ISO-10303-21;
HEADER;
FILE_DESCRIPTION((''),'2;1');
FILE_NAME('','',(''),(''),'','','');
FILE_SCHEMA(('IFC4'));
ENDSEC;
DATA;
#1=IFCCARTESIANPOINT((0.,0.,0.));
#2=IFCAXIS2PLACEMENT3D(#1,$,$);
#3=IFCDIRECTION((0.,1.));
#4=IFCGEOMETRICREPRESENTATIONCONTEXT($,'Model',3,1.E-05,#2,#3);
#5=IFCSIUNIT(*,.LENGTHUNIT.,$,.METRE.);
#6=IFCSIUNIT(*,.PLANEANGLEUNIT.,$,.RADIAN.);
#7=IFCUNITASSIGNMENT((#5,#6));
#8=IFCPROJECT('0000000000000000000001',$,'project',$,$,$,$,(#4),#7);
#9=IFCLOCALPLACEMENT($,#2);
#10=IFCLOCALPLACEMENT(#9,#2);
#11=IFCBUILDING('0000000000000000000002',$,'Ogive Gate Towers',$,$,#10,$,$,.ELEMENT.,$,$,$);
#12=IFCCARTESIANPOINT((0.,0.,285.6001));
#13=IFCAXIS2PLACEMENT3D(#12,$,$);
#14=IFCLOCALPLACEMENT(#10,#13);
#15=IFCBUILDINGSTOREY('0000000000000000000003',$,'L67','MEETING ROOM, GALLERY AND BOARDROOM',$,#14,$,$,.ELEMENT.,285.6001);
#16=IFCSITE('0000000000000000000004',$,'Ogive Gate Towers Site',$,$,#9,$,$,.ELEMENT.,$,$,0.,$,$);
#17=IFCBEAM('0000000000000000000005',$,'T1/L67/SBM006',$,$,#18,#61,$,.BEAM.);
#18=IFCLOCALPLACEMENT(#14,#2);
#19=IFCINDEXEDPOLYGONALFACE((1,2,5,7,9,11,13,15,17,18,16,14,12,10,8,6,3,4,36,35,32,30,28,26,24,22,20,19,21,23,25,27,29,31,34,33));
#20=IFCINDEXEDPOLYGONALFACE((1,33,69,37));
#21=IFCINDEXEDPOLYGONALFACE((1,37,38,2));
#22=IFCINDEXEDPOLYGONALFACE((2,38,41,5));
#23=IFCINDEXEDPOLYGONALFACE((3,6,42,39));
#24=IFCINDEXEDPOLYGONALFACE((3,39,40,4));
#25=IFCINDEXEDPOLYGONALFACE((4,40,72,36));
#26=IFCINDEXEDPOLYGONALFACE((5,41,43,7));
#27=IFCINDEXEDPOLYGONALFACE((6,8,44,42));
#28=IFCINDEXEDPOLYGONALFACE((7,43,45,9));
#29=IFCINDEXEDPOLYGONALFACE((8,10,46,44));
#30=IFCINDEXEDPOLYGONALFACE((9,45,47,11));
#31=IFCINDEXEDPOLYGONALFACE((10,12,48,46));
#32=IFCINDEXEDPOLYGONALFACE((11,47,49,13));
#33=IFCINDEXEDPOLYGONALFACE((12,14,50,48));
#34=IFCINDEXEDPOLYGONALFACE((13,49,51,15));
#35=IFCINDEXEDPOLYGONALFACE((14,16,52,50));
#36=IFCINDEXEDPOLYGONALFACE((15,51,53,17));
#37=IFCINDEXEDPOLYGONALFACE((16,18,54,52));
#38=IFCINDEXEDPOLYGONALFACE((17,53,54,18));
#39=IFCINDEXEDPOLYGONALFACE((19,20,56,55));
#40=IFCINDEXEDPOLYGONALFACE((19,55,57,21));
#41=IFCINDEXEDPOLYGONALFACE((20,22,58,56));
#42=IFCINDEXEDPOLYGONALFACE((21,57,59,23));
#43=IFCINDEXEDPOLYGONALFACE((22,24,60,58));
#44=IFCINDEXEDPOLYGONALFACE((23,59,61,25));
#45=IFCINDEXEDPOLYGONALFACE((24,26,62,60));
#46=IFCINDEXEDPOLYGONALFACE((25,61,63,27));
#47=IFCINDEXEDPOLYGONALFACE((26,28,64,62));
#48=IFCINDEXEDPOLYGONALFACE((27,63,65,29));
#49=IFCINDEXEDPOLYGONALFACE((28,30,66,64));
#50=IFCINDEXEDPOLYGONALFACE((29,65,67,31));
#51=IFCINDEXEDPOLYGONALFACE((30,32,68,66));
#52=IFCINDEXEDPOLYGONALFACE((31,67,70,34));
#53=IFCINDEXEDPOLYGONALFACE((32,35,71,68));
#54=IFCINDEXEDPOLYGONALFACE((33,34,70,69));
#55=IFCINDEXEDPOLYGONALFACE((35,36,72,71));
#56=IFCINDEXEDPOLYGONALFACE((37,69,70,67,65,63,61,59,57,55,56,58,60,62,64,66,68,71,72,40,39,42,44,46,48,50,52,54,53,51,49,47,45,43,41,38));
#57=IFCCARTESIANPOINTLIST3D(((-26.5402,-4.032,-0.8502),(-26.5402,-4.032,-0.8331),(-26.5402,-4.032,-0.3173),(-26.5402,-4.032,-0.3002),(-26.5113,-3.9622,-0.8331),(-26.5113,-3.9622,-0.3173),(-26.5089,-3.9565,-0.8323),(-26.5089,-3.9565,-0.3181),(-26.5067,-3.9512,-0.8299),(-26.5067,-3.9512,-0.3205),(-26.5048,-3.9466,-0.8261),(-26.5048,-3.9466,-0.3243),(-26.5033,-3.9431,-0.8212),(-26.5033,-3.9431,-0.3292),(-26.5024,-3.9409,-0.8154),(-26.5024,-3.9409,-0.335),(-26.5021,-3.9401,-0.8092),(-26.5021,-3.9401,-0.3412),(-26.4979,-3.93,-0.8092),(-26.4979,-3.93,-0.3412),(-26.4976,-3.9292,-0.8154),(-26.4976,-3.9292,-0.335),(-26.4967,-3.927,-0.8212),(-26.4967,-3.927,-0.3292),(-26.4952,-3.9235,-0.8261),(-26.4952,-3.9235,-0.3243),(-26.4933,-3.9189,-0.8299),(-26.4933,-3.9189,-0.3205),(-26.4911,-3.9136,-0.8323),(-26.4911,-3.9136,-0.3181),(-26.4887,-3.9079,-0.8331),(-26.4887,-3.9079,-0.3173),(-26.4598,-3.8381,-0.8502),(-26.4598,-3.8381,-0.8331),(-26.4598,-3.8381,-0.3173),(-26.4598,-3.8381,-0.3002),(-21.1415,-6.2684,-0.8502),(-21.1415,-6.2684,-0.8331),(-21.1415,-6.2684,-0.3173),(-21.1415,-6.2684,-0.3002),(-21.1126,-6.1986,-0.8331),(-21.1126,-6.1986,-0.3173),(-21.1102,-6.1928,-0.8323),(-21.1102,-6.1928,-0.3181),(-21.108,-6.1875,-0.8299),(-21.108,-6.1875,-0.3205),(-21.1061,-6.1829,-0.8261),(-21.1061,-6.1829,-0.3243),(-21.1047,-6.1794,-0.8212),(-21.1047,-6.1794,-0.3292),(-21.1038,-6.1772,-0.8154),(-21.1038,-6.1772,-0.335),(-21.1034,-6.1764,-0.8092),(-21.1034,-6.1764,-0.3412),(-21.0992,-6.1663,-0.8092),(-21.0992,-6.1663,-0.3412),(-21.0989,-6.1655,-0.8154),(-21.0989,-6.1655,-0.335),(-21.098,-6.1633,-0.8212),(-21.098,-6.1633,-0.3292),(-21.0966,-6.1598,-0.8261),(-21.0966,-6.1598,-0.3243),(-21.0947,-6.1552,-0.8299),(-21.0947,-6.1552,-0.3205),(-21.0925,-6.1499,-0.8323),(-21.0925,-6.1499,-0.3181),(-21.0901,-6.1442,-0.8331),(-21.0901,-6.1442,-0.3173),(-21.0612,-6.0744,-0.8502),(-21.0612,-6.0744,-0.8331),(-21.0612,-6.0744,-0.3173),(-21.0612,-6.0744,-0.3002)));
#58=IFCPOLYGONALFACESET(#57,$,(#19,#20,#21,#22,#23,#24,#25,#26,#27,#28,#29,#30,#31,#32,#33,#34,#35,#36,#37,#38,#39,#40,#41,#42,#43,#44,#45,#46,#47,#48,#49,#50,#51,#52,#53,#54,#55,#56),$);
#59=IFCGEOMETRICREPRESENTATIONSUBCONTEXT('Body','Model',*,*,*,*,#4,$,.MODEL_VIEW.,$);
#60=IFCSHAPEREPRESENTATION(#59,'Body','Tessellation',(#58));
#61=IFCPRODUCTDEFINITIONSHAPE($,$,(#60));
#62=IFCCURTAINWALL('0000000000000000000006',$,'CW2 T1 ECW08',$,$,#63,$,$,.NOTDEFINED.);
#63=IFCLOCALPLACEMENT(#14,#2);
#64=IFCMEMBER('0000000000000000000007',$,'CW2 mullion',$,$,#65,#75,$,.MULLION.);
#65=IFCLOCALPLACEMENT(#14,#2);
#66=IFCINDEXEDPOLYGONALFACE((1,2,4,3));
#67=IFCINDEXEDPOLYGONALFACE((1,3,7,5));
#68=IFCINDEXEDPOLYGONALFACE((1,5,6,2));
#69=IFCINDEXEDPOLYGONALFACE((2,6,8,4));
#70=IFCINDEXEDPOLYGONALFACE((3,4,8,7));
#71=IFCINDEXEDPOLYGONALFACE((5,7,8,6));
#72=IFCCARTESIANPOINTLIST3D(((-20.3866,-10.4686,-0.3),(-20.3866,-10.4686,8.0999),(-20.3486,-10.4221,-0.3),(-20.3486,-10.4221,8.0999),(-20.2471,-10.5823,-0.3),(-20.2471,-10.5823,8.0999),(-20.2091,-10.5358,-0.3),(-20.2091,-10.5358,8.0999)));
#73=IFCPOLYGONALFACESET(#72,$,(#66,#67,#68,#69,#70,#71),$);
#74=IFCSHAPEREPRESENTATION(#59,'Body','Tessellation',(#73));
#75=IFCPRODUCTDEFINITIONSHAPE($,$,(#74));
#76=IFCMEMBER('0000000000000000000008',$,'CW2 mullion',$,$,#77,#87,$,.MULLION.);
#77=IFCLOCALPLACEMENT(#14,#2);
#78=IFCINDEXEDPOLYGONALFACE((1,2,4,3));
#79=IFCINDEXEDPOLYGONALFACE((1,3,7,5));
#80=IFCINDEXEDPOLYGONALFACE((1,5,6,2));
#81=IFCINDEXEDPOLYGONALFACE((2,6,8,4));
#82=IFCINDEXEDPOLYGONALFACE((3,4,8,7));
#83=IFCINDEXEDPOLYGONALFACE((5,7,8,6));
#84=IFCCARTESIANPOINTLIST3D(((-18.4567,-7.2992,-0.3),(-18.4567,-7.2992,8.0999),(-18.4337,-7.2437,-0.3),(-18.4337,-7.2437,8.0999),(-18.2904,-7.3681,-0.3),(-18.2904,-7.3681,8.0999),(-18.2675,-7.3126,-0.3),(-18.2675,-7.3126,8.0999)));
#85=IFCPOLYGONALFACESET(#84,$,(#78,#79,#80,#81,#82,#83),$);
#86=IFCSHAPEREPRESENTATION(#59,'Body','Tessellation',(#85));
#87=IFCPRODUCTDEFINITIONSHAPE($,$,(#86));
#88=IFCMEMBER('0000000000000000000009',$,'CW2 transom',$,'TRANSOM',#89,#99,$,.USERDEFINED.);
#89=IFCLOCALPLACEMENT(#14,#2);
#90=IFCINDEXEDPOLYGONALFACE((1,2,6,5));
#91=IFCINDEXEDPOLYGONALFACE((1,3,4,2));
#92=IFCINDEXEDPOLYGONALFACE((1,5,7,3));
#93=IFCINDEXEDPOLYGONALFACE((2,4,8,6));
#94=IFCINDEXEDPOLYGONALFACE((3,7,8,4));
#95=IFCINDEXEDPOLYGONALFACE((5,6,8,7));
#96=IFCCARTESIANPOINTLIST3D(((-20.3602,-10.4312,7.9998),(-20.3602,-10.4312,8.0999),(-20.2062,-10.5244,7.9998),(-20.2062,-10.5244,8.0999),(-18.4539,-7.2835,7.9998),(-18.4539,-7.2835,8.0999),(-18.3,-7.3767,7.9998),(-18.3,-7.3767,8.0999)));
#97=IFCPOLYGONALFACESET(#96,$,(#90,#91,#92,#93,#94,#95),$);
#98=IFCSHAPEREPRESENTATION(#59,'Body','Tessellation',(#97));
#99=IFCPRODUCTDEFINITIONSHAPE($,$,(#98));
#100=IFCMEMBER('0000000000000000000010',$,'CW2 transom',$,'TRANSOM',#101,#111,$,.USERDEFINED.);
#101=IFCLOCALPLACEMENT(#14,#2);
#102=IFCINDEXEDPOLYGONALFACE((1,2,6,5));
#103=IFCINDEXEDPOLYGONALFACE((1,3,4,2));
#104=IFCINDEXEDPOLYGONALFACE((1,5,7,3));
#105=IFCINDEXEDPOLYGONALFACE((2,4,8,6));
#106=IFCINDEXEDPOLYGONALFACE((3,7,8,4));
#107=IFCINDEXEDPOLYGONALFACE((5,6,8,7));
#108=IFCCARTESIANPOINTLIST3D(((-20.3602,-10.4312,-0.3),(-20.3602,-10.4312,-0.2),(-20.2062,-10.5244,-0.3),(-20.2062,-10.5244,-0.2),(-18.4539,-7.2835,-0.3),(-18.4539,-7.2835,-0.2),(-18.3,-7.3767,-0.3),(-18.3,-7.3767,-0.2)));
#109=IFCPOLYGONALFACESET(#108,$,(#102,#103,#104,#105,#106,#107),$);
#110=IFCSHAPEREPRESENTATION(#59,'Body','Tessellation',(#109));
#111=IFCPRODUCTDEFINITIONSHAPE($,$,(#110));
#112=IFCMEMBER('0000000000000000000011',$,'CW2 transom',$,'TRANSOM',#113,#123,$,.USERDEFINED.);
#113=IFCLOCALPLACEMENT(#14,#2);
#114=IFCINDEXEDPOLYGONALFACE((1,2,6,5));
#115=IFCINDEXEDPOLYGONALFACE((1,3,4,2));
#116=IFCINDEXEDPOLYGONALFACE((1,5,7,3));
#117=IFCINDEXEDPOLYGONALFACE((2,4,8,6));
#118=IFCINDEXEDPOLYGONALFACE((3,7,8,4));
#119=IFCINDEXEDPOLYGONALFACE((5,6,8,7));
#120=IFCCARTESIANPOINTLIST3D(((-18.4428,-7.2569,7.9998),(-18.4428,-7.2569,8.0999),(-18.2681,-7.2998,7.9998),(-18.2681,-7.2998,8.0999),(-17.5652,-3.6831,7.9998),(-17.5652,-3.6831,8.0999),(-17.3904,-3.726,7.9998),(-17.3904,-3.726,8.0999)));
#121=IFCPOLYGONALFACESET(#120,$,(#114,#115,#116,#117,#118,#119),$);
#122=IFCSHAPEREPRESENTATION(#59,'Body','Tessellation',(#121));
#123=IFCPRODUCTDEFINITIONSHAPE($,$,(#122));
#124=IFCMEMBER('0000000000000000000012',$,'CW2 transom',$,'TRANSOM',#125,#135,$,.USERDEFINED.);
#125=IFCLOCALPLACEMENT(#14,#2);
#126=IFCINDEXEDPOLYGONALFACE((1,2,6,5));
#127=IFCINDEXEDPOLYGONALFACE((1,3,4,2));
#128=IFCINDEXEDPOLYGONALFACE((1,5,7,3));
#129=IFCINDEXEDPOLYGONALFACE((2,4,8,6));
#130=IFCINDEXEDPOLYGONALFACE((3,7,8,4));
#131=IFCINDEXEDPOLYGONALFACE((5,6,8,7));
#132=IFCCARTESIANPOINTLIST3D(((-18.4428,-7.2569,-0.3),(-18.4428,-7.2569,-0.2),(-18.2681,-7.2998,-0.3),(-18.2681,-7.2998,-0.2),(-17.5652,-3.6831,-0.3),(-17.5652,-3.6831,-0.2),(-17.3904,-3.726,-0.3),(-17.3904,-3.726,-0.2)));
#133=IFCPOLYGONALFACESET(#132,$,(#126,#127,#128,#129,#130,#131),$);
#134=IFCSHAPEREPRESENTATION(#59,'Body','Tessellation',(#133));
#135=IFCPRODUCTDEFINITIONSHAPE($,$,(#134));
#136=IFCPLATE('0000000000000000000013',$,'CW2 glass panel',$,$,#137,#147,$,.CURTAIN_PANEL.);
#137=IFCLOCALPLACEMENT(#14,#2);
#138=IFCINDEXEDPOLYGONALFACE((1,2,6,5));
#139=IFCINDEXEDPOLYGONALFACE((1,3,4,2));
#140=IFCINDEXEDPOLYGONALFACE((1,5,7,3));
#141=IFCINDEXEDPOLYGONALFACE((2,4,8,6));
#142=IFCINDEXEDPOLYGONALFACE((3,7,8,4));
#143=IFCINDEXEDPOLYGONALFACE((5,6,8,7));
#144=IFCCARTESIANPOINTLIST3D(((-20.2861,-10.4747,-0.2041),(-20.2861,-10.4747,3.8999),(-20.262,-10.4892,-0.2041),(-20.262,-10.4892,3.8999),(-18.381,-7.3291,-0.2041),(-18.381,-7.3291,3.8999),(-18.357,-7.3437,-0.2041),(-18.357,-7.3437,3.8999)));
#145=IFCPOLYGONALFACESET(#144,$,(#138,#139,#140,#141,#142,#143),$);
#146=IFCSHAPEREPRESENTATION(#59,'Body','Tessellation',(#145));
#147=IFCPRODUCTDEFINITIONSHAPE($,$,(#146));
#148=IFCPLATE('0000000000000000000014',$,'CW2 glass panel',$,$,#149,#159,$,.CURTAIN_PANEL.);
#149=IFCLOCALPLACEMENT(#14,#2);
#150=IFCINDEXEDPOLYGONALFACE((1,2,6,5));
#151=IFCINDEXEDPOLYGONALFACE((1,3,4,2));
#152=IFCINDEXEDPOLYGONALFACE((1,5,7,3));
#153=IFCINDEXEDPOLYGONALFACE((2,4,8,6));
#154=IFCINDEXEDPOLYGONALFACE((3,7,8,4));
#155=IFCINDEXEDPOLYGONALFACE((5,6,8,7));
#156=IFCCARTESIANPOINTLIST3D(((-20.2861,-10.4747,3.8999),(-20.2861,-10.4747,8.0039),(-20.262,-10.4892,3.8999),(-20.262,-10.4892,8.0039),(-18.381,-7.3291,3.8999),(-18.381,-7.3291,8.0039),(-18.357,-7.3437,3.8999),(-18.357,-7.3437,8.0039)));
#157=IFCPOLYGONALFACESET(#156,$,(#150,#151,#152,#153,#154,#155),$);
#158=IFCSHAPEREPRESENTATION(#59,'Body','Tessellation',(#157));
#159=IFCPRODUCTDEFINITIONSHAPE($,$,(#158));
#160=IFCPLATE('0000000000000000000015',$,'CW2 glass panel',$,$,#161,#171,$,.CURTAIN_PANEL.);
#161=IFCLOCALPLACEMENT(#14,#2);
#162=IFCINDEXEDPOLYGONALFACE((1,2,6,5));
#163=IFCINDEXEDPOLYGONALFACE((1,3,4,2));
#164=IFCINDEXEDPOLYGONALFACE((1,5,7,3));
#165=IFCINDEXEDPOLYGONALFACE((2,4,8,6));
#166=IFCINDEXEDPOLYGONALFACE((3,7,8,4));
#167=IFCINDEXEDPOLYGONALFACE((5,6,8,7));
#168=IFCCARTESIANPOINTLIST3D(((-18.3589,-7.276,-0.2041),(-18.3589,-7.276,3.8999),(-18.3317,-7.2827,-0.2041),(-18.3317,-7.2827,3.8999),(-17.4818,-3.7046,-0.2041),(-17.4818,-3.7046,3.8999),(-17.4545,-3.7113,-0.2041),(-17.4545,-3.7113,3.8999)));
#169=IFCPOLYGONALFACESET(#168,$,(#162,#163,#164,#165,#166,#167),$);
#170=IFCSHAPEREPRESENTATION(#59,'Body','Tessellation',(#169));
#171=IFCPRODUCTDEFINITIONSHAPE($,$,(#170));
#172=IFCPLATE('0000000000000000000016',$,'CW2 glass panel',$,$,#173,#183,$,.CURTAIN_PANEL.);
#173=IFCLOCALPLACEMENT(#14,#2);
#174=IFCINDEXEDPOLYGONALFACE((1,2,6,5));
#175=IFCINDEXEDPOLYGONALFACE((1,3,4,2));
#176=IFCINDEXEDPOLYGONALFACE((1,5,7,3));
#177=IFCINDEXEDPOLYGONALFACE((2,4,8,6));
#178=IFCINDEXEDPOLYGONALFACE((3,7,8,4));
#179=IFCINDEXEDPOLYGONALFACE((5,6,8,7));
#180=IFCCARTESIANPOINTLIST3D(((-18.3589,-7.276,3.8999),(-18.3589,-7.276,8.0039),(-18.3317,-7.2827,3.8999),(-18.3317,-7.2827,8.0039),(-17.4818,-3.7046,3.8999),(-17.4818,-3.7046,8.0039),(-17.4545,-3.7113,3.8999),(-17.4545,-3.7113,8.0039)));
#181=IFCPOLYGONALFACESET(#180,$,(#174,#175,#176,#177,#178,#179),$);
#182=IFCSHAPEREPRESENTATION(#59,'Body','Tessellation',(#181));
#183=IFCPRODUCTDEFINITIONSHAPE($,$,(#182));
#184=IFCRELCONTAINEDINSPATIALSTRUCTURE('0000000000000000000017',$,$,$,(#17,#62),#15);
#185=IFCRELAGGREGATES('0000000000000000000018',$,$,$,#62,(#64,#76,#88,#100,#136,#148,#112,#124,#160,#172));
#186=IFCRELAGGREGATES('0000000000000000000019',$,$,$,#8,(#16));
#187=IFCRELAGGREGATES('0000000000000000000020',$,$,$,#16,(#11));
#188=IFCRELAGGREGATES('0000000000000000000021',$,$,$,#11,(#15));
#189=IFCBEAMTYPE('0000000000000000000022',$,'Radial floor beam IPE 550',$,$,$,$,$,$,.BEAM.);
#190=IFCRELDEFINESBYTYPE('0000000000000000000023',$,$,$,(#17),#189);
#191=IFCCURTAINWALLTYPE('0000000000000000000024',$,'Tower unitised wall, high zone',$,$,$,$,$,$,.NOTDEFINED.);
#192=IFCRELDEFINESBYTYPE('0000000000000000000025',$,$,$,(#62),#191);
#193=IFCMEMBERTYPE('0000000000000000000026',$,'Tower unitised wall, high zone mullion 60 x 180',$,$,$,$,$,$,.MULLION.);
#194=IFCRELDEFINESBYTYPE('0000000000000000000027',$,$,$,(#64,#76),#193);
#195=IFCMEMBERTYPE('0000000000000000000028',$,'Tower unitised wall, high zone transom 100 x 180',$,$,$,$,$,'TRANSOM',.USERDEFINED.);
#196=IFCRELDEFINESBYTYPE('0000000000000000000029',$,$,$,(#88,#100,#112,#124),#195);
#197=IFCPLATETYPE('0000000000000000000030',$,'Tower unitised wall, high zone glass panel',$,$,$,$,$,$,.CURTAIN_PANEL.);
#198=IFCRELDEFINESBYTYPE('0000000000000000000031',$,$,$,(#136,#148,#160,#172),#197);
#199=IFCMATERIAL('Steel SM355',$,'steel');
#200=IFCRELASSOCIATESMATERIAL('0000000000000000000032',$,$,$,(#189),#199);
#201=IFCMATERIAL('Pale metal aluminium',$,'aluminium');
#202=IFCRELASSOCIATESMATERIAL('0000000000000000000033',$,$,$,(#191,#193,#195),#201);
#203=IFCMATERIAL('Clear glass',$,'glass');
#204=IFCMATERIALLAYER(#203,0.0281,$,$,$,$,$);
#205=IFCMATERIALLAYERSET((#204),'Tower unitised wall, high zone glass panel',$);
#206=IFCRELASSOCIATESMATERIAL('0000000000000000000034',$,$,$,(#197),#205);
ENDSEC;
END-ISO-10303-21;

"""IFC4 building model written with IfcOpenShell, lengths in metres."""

from ifc_helpers import new_model, si_unit, direction, frame, origin, origin_2d, place, context, subcontext, project, spatial, rectangle, i_section, extrude, material, layer, layer_set, material_profile, profile_set, type_object, element, aggregate, save


model = new_model("IFC4")

# Units and contexts
model_context = context("Model", 3, precision=1e-05, world=origin(), true_north=direction((0.0, 1.0)))
body_context = subcontext(model_context, "Body", "Model", "MODEL_VIEW")
ifc_project = project(units=[si_unit("LENGTHUNIT", "METRE"), si_unit("PLANEANGLEUNIT", "RADIAN")], contexts=[model_context])

# Site, building, storey
site_placement = place(None, origin())
site = spatial("IfcSite", under=ifc_project, at=site_placement, Name="Ogive Gate Towers Site", CompositionType="ELEMENT", RefElevation=0.0)
building_placement = place(site_placement, origin())
building = spatial("IfcBuilding", under=site, at=building_placement, Name="Ogive Gate Towers", CompositionType="ELEMENT")
storey_placement = place(building_placement, frame((0.0, 0.0, 285.6001)))
storey = spatial("IfcBuildingStorey", under=building, at=storey_placement, Name="L67", Description="MEETING ROOM, GALLERY AND BOARDROOM", CompositionType="ELEMENT", Elevation=285.6001)

# Beam
ifc_material_1 = material(Name="Steel SM355", Category="steel")
ifc_material_profile_1 = material_profile(ifc_material_1, i_section(OverallWidth=0.21, OverallDepth=0.55, WebThickness=0.011, FlangeThickness=0.0171, FilletRadius=0.0239, at=origin_2d()), Name="IPE 550")
ifc_profile_set_1 = profile_set([ifc_material_profile_1], Name="Steel SM355")
beam_type = type_object("IfcBeamType", Name="Radial floor beam IPE 550", PredefinedType="BEAM", material=ifc_profile_set_1)
beam_placement = place(storey_placement, frame((-26.5, -3.9351, -0.5752), z_axis=(0.923872, -0.382701, 0.0), x_axis=(0.382701, 0.923872, 0.0)))
element("IfcBeam", 1, at=beam_placement, inside=storey, type_object=beam_type, Name="T1/L67/SBM006", PredefinedType="BEAM", context=body_context, shape_type="SweptSolid", body=[
    extrude(i_section(OverallWidth=0.21, OverallDepth=0.55, WebThickness=0.011, FlangeThickness=0.0171, FilletRadius=0.0239, at=origin_2d()), origin(), (0.0, 0.0, 1.0), 5.8435),
])

# Curtain wall, members, plates
ifc_material_2 = material(Name="Pale metal aluminium", Category="aluminium")
curtain_wall_type = type_object("IfcCurtainWallType", Name="Tower unitised wall, high zone", PredefinedType="NOTDEFINED", material=ifc_material_2)
curtain_wall_placement = place(storey_placement, origin())
curtain_wall = element("IfcCurtainWall", 2, at=curtain_wall_placement, inside=storey, type_object=curtain_wall_type, Name="CW2 T1 ECW08", PredefinedType="NOTDEFINED")
ifc_material_profile_2 = material_profile(ifc_material_2, rectangle(XDim=0.1799, YDim=0.0601, at=origin_2d()), Name="60 x 180 aluminium box")
ifc_profile_set_2 = profile_set([ifc_material_profile_2], Name="Pale metal aluminium")
member_type_1 = type_object("IfcMemberType", Name="Tower unitised wall, high zone mullion 60 x 180", PredefinedType="MULLION", material=ifc_profile_set_2)
member_1_placement = place(storey_placement, frame((-20.2979, -10.5022, -0.3), z_axis=(0.0, 0.0, 1.0), x_axis=(0.775121, -0.631813, 0.0)))
member_1 = element("IfcMember", 3, at=member_1_placement, type_object=member_type_1, Name="CW2 mullion", PredefinedType="MULLION", context=body_context, shape_type="SweptSolid", body=[
    extrude(rectangle(XDim=0.1799, YDim=0.0601, at=origin_2d()), origin(), (0.0, 0.0, 1.0), 8.3999),
])
member_2_placement = place(storey_placement, frame((-18.3621, -7.3059, -0.3), z_axis=(0.0, 0.0, 1.0), x_axis=(0.92388, -0.382683, 0.0)))
member_2 = element("IfcMember", 4, at=member_2_placement, type_object=member_type_1, Name="CW2 mullion", PredefinedType="MULLION", context=body_context, shape_type="SweptSolid", body=[
    extrude(rectangle(XDim=0.1799, YDim=0.0601, at=origin_2d()), origin(), (0.0, 0.0, 1.0), 8.3999),
])
ifc_material_profile_3 = material_profile(ifc_material_2, rectangle(XDim=0.1799, YDim=0.1001, at=origin_2d()), Name="100 x 180 aluminium box")
ifc_profile_set_3 = profile_set([ifc_material_profile_3], Name="Pale metal aluminium")
member_type_2 = type_object("IfcMemberType", Name="Tower unitised wall, high zone transom 100 x 180", ElementType="TRANSOM", PredefinedType="USERDEFINED", material=ifc_profile_set_3)
member_3_placement = place(storey_placement, frame((-20.2832, -10.4778, 8.0498), z_axis=(0.518013, 0.855372, 0.0), x_axis=(-0.855372, 0.518013, 0.0)))
member_3 = element("IfcMember", 5, at=member_3_placement, type_object=member_type_2, Name="CW2 transom", ObjectType="TRANSOM", PredefinedType="USERDEFINED", context=body_context, shape_type="SweptSolid", body=[
    extrude(rectangle(XDim=0.1799, YDim=0.1001, at=origin_2d()), origin(), (0.0, 0.0, 1.0), 3.6799),
])
member_4_placement = place(storey_placement, frame((-20.2832, -10.4778, -0.25), z_axis=(0.518013, 0.855372, 0.0), x_axis=(-0.855372, 0.518013, 0.0)))
member_4 = element("IfcMember", 6, at=member_4_placement, type_object=member_type_2, Name="CW2 transom", ObjectType="TRANSOM", PredefinedType="USERDEFINED", context=body_context, shape_type="SweptSolid", body=[
    extrude(rectangle(XDim=0.1799, YDim=0.1001, at=origin_2d()), origin(), (0.0, 0.0, 1.0), 3.6799),
])
member_5_placement = place(storey_placement, frame((-18.3555, -7.2783, 8.0498), z_axis=(0.238506, 0.971141, 0.0), x_axis=(-0.971141, 0.238506, 0.0)))
member_5 = element("IfcMember", 7, at=member_5_placement, type_object=member_type_2, Name="CW2 transom", ObjectType="TRANSOM", PredefinedType="USERDEFINED", context=body_context, shape_type="SweptSolid", body=[
    extrude(rectangle(XDim=0.1799, YDim=0.1001, at=origin_2d()), origin(), (0.0, 0.0, 1.0), 3.6799),
])
member_6_placement = place(storey_placement, frame((-18.3555, -7.2783, -0.25), z_axis=(0.238506, 0.971141, 0.0), x_axis=(-0.971141, 0.238506, 0.0)))
member_6 = element("IfcMember", 8, at=member_6_placement, type_object=member_type_2, Name="CW2 transom", ObjectType="TRANSOM", PredefinedType="USERDEFINED", context=body_context, shape_type="SweptSolid", body=[
    extrude(rectangle(XDim=0.1799, YDim=0.1001, at=origin_2d()), origin(), (0.0, 0.0, 1.0), 3.6799),
])
ifc_material_3 = material(Name="Clear glass", Category="glass")
ifc_layer_1 = layer(ifc_material_3, 0.0281)
ifc_layer_set_1 = layer_set([ifc_layer_1], Name="Tower unitised wall, high zone glass panel")
plate_type = type_object("IfcPlateType", Name="Tower unitised wall, high zone glass panel", PredefinedType="CURTAIN_PANEL", material=ifc_layer_set_1)
plate_1_placement = place(storey_placement, frame((-19.3215, -8.9092, -0.2041), z_axis=(0.0, 0.0, 1.0), x_axis=(0.518027, 0.855364, 0.0)))
plate_1 = element("IfcPlate", 9, at=plate_1_placement, type_object=plate_type, Name="CW2 glass panel", PredefinedType="CURTAIN_PANEL", context=body_context, shape_type="SweptSolid", body=[
    extrude(rectangle(XDim=3.6775, YDim=0.0281, at=origin_2d()), origin(), (0.0, 0.0, 1.0), 4.104),
])
plate_2_placement = place(storey_placement, frame((-19.3215, -8.9092, 3.8999), z_axis=(0.0, 0.0, 1.0), x_axis=(0.518027, 0.855364, 0.0)))
plate_2 = element("IfcPlate", 10, at=plate_2_placement, type_object=plate_type, Name="CW2 glass panel", PredefinedType="CURTAIN_PANEL", context=body_context, shape_type="SweptSolid", body=[
    extrude(rectangle(XDim=3.6775, YDim=0.0281, at=origin_2d()), origin(), (0.0, 0.0, 1.0), 4.104),
])
plate_3_placement = place(storey_placement, frame((-17.9067, -5.4937, -0.2041), z_axis=(0.0, 0.0, 1.0), x_axis=(0.238517, 0.971138, 0.0)))
plate_3 = element("IfcPlate", 11, at=plate_3_placement, type_object=plate_type, Name="CW2 glass panel", PredefinedType="CURTAIN_PANEL", context=body_context, shape_type="SweptSolid", body=[
    extrude(rectangle(XDim=3.6775, YDim=0.0281, at=origin_2d()), origin(), (0.0, 0.0, 1.0), 4.104),
])
plate_4_placement = place(storey_placement, frame((-17.9067, -5.4937, 3.8999), z_axis=(0.0, 0.0, 1.0), x_axis=(0.238517, 0.971138, 0.0)))
plate_4 = element("IfcPlate", 12, at=plate_4_placement, type_object=plate_type, Name="CW2 glass panel", PredefinedType="CURTAIN_PANEL", context=body_context, shape_type="SweptSolid", body=[
    extrude(rectangle(XDim=3.6775, YDim=0.0281, at=origin_2d()), origin(), (0.0, 0.0, 1.0), 4.104),
])
aggregate(curtain_wall, [member_1, member_2, member_3, member_4, plate_1, plate_2, member_5, member_6, plate_3, plate_4])

save(model, "model.ifc")
